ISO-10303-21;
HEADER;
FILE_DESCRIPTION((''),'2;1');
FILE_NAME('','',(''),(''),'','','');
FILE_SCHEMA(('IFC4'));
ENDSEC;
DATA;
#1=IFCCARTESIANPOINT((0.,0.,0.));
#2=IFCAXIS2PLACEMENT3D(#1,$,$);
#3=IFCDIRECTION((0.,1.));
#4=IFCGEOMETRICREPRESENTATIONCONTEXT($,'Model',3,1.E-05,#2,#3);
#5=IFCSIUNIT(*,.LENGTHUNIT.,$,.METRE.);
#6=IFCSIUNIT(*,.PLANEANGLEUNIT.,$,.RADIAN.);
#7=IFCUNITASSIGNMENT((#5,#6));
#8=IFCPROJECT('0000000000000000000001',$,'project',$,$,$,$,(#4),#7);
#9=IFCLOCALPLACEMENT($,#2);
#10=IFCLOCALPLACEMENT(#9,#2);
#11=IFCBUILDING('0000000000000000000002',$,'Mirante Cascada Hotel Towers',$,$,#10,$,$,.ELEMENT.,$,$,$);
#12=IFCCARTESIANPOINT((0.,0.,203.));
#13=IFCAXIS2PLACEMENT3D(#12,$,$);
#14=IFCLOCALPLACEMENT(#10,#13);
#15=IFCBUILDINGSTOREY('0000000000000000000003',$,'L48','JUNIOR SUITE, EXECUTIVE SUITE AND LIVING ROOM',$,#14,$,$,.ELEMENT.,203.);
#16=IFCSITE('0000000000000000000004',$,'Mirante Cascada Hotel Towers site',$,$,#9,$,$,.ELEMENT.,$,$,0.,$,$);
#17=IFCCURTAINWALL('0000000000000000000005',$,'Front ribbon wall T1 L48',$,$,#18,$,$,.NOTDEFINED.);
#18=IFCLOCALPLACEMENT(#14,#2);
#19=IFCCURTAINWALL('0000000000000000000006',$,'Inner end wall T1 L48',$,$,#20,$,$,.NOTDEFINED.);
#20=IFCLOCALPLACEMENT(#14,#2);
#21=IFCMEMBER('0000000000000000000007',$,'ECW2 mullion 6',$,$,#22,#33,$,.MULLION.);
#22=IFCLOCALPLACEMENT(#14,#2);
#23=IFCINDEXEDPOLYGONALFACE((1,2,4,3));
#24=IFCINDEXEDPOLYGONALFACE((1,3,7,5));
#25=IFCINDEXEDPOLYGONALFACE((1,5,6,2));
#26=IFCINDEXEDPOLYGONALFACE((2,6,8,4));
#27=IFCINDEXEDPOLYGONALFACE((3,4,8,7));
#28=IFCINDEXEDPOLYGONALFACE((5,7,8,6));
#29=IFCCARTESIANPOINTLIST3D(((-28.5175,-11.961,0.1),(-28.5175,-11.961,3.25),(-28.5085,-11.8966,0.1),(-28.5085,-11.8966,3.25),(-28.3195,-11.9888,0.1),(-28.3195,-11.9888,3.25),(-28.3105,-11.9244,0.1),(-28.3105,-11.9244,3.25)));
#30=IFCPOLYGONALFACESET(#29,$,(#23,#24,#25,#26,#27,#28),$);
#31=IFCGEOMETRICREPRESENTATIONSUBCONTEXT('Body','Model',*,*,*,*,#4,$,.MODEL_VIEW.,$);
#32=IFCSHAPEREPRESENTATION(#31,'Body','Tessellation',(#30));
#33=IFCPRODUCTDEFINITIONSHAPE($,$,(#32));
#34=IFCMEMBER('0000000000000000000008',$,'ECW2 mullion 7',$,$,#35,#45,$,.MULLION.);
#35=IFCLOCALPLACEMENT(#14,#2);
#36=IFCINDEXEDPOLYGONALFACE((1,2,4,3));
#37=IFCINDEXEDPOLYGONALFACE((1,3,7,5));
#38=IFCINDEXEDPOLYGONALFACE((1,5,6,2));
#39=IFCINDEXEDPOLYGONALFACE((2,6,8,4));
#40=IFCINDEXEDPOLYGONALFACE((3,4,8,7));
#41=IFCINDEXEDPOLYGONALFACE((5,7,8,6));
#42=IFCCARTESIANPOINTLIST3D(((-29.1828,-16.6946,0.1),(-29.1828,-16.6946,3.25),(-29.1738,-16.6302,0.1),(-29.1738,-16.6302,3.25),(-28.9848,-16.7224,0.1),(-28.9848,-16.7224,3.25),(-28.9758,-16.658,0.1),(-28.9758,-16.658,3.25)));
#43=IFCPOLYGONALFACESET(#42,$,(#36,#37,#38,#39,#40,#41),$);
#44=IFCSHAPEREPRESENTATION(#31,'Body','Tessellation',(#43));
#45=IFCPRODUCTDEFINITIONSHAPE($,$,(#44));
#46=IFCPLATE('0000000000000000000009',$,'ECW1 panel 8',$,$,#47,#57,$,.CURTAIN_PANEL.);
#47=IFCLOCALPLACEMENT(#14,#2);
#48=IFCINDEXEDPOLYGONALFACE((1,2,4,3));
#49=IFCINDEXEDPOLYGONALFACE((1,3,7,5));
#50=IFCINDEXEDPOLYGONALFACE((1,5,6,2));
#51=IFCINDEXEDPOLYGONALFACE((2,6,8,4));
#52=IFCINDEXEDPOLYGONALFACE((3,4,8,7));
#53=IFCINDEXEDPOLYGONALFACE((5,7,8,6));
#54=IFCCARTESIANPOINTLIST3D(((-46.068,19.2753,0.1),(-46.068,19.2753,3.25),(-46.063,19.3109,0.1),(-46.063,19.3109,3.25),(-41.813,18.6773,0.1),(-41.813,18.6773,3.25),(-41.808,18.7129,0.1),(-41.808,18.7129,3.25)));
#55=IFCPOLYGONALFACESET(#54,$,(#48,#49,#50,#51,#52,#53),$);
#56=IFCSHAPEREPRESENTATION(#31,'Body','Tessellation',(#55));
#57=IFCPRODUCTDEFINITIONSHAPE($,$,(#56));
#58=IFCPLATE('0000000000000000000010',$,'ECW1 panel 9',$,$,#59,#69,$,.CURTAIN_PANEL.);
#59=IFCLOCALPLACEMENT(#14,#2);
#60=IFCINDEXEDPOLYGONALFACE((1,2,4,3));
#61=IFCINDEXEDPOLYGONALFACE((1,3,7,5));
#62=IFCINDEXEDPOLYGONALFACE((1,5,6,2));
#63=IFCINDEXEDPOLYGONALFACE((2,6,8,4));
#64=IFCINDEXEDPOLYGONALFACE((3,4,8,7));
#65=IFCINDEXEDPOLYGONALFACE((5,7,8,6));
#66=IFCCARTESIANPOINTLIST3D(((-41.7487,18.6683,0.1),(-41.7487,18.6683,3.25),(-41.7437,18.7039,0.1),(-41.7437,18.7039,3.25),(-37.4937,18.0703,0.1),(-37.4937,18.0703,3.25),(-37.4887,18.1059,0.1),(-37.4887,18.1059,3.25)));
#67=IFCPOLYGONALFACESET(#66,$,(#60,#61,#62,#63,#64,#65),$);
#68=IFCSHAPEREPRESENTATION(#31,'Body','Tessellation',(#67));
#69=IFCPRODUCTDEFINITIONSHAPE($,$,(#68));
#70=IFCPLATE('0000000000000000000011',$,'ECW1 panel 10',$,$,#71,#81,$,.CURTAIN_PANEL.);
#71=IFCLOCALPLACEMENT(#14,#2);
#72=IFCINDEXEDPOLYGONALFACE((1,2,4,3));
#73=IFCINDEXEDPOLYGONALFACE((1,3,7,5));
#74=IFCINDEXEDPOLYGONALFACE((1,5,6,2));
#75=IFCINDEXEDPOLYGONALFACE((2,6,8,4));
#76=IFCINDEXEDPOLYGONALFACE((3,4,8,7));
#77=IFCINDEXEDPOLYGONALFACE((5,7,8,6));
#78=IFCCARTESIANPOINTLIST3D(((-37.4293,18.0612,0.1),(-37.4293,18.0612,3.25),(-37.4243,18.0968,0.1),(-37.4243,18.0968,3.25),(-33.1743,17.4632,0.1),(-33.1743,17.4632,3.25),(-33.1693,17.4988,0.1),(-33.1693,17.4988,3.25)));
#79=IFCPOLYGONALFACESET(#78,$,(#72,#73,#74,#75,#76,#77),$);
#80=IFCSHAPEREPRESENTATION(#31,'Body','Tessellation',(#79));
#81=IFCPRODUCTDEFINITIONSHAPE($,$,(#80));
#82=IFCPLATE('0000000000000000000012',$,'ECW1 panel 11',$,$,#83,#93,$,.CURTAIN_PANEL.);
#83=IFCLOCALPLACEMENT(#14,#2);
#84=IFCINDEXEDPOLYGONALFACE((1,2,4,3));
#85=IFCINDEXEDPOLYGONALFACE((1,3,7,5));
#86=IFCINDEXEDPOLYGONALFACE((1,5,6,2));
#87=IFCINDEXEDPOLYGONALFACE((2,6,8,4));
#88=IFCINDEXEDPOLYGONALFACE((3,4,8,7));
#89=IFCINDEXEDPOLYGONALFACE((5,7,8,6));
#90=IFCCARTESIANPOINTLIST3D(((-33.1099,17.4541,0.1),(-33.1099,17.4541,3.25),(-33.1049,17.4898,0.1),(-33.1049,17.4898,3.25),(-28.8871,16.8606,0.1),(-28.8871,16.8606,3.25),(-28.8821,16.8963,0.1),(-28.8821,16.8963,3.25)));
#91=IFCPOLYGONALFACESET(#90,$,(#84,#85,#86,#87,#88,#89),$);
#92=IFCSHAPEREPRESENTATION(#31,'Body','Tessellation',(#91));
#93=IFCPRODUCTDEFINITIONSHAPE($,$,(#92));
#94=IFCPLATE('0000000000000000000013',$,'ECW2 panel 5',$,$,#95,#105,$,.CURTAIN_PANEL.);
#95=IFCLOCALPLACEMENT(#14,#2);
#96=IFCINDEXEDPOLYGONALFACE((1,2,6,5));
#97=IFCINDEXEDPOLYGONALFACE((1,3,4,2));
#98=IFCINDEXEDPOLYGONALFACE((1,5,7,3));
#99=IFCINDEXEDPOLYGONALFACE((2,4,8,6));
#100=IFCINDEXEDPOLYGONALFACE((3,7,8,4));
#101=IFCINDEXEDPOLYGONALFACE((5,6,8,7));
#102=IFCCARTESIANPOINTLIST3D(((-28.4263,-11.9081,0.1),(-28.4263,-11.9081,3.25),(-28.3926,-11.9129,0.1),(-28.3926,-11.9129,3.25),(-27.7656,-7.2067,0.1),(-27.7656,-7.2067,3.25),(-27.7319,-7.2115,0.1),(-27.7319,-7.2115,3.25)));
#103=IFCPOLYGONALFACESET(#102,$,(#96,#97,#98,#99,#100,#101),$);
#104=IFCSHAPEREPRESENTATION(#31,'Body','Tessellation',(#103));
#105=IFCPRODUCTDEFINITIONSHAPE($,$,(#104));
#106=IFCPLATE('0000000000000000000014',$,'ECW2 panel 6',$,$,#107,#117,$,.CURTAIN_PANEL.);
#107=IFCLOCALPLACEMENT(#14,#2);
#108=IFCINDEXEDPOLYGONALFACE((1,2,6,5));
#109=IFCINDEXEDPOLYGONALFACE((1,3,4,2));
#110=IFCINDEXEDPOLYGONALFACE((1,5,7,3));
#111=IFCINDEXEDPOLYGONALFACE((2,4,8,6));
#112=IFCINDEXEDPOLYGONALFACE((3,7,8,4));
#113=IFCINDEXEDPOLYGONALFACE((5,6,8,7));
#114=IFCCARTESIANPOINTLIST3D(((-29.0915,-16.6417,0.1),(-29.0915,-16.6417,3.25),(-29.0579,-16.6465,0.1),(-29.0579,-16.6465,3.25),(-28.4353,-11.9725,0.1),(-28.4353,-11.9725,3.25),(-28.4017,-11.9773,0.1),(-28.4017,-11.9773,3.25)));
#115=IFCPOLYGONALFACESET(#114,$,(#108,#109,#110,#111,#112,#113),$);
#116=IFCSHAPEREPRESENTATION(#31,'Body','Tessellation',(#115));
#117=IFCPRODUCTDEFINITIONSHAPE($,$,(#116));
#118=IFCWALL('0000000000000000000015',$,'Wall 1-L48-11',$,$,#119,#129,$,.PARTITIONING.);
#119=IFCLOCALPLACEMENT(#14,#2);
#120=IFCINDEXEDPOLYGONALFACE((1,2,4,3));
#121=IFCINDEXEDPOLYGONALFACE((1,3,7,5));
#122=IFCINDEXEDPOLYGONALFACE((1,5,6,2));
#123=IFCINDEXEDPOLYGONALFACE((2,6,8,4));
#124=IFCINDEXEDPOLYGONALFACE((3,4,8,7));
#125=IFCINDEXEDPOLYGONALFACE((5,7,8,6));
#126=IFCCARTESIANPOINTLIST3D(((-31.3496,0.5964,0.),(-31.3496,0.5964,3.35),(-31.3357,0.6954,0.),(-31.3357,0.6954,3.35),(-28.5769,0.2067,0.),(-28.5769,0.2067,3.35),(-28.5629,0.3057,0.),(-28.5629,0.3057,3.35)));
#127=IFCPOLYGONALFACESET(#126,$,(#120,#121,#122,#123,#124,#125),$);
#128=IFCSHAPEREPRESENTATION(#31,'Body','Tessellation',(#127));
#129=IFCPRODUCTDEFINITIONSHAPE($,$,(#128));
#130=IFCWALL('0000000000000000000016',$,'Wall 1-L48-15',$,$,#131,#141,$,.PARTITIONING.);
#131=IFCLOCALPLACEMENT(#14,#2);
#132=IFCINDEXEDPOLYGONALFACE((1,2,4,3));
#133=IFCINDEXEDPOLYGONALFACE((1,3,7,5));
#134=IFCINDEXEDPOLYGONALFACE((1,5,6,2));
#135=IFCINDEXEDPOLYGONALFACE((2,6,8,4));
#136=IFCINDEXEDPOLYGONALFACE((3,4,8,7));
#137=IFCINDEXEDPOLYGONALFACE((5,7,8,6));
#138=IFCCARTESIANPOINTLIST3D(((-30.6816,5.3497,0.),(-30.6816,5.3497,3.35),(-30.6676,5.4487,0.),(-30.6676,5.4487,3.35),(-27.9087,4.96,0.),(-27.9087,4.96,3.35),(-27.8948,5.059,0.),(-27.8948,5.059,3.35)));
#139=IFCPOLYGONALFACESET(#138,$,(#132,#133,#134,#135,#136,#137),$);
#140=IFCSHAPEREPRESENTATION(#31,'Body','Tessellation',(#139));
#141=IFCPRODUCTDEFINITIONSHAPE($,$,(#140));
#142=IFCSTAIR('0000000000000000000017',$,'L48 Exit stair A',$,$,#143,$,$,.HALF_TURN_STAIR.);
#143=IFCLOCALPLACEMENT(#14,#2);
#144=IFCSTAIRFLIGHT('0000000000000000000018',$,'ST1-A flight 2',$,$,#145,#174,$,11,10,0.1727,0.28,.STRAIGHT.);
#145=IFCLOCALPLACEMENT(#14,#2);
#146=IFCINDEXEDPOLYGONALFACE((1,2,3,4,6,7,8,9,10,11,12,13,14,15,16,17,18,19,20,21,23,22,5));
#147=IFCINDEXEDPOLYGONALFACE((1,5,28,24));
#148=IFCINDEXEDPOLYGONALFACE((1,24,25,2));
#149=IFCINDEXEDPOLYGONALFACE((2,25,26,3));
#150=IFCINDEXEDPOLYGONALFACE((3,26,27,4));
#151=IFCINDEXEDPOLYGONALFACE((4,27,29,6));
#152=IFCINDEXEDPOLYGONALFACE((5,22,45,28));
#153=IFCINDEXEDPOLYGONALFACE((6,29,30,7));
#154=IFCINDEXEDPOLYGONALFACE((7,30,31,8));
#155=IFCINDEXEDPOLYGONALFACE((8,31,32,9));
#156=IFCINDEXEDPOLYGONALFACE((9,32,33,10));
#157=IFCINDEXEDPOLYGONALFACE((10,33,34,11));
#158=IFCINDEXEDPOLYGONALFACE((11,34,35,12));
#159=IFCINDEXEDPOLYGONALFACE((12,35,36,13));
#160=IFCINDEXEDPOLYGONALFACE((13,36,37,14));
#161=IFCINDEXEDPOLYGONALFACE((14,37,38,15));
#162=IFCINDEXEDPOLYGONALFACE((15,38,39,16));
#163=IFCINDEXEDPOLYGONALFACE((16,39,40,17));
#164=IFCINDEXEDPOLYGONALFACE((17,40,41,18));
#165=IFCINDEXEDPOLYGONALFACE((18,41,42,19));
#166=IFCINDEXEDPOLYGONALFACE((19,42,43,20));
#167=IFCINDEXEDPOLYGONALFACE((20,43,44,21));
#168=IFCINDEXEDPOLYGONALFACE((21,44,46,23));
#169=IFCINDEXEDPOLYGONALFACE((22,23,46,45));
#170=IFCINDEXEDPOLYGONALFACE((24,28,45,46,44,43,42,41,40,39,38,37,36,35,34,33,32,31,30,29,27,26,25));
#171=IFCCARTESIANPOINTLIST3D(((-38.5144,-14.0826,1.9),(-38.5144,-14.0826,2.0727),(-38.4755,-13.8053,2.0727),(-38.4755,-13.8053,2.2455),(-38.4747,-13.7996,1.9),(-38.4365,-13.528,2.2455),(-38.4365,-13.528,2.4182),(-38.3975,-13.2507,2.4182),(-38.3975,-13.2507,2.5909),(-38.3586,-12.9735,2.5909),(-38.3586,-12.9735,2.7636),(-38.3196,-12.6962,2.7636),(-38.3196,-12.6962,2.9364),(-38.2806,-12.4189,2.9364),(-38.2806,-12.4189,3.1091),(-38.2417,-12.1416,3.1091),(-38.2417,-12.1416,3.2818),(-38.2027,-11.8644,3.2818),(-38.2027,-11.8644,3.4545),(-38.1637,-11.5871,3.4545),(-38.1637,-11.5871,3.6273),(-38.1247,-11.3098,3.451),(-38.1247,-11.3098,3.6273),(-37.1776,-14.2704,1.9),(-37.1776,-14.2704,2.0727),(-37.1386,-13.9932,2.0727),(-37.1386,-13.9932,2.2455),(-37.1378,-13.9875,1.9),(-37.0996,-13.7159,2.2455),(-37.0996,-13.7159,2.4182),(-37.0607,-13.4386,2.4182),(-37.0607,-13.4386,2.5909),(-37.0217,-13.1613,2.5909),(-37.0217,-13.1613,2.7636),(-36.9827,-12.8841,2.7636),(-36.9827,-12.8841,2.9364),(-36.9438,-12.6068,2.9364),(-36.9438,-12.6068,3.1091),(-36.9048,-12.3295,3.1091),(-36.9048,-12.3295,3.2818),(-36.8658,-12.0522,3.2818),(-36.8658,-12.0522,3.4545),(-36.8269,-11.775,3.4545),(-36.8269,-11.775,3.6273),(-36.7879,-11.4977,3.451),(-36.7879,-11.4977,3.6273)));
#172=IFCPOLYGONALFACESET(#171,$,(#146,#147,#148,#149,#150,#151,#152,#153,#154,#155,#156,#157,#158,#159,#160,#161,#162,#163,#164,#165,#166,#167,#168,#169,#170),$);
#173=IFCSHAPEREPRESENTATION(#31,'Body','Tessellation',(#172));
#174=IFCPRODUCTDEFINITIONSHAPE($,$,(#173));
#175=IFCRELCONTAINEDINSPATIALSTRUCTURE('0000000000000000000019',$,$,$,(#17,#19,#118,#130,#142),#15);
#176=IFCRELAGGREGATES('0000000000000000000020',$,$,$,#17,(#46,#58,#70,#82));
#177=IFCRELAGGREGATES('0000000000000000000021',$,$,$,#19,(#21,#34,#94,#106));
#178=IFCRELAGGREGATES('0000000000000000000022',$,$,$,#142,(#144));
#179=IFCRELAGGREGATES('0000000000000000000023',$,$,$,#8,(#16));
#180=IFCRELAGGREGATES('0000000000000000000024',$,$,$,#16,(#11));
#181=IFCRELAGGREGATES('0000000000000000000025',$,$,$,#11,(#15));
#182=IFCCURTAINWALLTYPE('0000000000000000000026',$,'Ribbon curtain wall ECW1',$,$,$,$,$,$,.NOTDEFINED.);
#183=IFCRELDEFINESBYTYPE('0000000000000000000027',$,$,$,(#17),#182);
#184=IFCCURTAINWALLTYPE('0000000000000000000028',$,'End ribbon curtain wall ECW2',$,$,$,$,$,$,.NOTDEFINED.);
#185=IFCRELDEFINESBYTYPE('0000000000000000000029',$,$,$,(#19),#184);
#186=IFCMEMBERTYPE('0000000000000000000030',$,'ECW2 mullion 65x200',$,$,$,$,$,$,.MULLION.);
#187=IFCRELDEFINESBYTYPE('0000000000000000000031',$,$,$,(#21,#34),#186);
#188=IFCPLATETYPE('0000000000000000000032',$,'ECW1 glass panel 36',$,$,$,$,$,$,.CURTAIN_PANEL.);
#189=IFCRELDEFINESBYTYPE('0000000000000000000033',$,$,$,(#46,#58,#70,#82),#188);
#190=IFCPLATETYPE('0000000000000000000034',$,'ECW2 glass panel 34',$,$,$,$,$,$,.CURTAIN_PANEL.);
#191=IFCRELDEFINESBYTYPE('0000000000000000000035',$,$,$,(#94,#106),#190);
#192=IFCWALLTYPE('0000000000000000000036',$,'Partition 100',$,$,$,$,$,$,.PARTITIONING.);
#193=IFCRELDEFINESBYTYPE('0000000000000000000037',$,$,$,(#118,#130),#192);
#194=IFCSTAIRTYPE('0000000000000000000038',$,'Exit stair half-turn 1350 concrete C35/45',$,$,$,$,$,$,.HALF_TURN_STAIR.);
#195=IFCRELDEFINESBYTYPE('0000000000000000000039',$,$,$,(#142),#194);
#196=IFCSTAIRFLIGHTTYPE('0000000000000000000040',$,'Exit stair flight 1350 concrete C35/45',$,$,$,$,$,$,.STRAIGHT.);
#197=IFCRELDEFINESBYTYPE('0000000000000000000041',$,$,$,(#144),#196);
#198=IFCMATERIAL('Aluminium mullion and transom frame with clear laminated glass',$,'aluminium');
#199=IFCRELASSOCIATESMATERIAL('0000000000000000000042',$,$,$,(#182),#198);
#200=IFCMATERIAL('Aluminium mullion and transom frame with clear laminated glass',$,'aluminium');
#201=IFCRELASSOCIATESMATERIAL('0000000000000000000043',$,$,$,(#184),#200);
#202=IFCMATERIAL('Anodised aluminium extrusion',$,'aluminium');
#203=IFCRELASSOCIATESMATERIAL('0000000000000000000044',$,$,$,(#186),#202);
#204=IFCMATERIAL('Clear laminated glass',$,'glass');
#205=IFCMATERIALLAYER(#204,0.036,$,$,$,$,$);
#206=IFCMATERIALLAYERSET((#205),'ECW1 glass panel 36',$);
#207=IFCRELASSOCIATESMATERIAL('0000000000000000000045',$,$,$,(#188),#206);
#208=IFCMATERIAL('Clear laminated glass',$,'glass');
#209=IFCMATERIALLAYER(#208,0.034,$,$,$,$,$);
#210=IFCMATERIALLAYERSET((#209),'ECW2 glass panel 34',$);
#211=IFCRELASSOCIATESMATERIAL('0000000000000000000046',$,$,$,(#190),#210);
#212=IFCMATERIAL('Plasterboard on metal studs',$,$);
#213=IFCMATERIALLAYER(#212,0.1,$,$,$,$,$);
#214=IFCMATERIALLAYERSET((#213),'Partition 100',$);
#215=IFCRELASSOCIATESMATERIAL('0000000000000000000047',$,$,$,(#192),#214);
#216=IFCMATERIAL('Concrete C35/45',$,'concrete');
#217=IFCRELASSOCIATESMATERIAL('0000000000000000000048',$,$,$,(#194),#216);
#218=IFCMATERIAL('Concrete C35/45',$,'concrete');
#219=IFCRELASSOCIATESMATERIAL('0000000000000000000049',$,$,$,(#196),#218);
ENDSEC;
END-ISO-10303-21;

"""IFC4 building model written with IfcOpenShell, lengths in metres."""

from ifc_helpers import new_model, si_unit, direction, frame, frame_2d, origin, origin_2d, place, context, subcontext, project, spatial, polyline, rectangle, outline, extrude, material, layer, layer_set, material_profile, profile_set, type_object, element, aggregate, save


model = new_model("IFC4")

# Units and contexts
model_context = context("Model", 3, precision=1e-05, world=origin(), true_north=direction((0.0, 1.0)))
body_context = subcontext(model_context, "Body", "Model", "MODEL_VIEW")
ifc_project = project(units=[si_unit("LENGTHUNIT", "METRE"), si_unit("PLANEANGLEUNIT", "RADIAN")], contexts=[model_context])

# Site, building, storey
site_placement = place(None, origin())
site = spatial("IfcSite", under=ifc_project, at=site_placement, Name="Mirante Cascada Hotel Towers site", CompositionType="ELEMENT", RefElevation=0.0)
building_placement = place(site_placement, origin())
building = spatial("IfcBuilding", under=site, at=building_placement, Name="Mirante Cascada Hotel Towers", CompositionType="ELEMENT")
storey_placement = place(building_placement, frame((0.0, 0.0, 203.0)))
storey = spatial("IfcBuildingStorey", under=building, at=storey_placement, Name="L48", Description="JUNIOR SUITE, EXECUTIVE SUITE AND LIVING ROOM", CompositionType="ELEMENT", Elevation=203.0)

# Curtain walls, members
ifc_material_1 = material(Name="Aluminium mullion and transom frame with clear laminated glass", Category="aluminium")
curtain_wall_type_1 = type_object("IfcCurtainWallType", Name="Ribbon curtain wall ECW1", PredefinedType="NOTDEFINED", material=ifc_material_1)
curtain_wall_1_placement = place(storey_placement, origin())
curtain_wall_1 = element("IfcCurtainWall", 1, at=curtain_wall_1_placement, inside=storey, type_object=curtain_wall_type_1, Name="Front ribbon wall T1 L48", PredefinedType="NOTDEFINED")
ifc_material_2 = material(Name="Aluminium mullion and transom frame with clear laminated glass", Category="aluminium")
curtain_wall_type_2 = type_object("IfcCurtainWallType", Name="End ribbon curtain wall ECW2", PredefinedType="NOTDEFINED", material=ifc_material_2)
curtain_wall_2_placement = place(storey_placement, origin())
curtain_wall_2 = element("IfcCurtainWall", 2, at=curtain_wall_2_placement, inside=storey, type_object=curtain_wall_type_2, Name="Inner end wall T1 L48", PredefinedType="NOTDEFINED")
ifc_material_3 = material(Name="Anodised aluminium extrusion", Category="aluminium")
ifc_material_profile_1 = material_profile(ifc_material_3, rectangle(XDim=0.2, YDim=0.065, at=origin_2d()), Name="ECW2 MULLION 65x200")
ifc_profile_set_1 = profile_set([ifc_material_profile_1], Name="Anodised aluminium extrusion")
member_type_1 = type_object("IfcMemberType", Name="ECW2 mullion 65x200", PredefinedType="MULLION", material=ifc_profile_set_1)
member_1_placement = place(storey_placement, frame((-28.414, -11.9427, 0.1), z_axis=(0.0, 0.0, 1.0), x_axis=(0.990268, -0.139173, 0.0)))
member_1 = element("IfcMember", 3, at=member_1_placement, type_object=member_type_1, Name="ECW2 mullion 6", PredefinedType="MULLION", context=body_context, shape_type="SweptSolid", body=[
    extrude(rectangle(XDim=0.2, YDim=0.065, at=origin_2d()), origin(), (0.0, 0.0, 1.0), 3.15),
])
member_2_placement = place(storey_placement, frame((-29.0793, -16.6763, 0.1), z_axis=(0.0, 0.0, 1.0), x_axis=(0.990268, -0.139173, 0.0)))
member_2 = element("IfcMember", 4, at=member_2_placement, type_object=member_type_1, Name="ECW2 mullion 7", PredefinedType="MULLION", context=body_context, shape_type="SweptSolid", body=[
    extrude(rectangle(XDim=0.2, YDim=0.065, at=origin_2d()), origin(), (0.0, 0.0, 1.0), 3.15),
])

# Plates
ifc_material_4 = material(Name="Clear laminated glass", Category="glass")
ifc_layer_1 = layer(ifc_material_4, 0.036)
ifc_layer_set_1 = layer_set([ifc_layer_1], Name="ECW1 glass panel 36")
plate_type_1 = type_object("IfcPlateType", Name="ECW1 glass panel 36", PredefinedType="CURTAIN_PANEL", material=ifc_layer_set_1)
plate_1_placement = place(storey_placement, frame((-43.938, 18.9941, 0.1), z_axis=(0.0, 0.0, 1.0), x_axis=(0.990268, -0.139173, 0.0)))
plate_1 = element("IfcPlate", 5, at=plate_1_placement, type_object=plate_type_1, Name="ECW1 panel 8", PredefinedType="CURTAIN_PANEL", context=body_context, shape_type="SweptSolid", body=[
    extrude(rectangle(XDim=4.2968, YDim=0.036, at=origin_2d()), origin(), (0.0, 0.0, 1.0), 3.15),
])
plate_2_placement = place(storey_placement, frame((-39.6187, 18.3871, 0.1), z_axis=(0.0, 0.0, 1.0), x_axis=(0.990268, -0.139173, 0.0)))
plate_2 = element("IfcPlate", 6, at=plate_2_placement, type_object=plate_type_1, Name="ECW1 panel 9", PredefinedType="CURTAIN_PANEL", context=body_context, shape_type="SweptSolid", body=[
    extrude(rectangle(XDim=4.2968, YDim=0.036, at=origin_2d()), origin(), (0.0, 0.0, 1.0), 3.15),
])
plate_3_placement = place(storey_placement, frame((-35.2993, 17.78, 0.1), z_axis=(0.0, 0.0, 1.0), x_axis=(0.990268, -0.139173, 0.0)))
plate_3 = element("IfcPlate", 7, at=plate_3_placement, type_object=plate_type_1, Name="ECW1 panel 10", PredefinedType="CURTAIN_PANEL", context=body_context, shape_type="SweptSolid", body=[
    extrude(rectangle(XDim=4.2968, YDim=0.036, at=origin_2d()), origin(), (0.0, 0.0, 1.0), 3.15),
])
plate_4_placement = place(storey_placement, frame((-30.996, 17.1752, 0.1), z_axis=(0.0, 0.0, 1.0), x_axis=(0.990268, -0.139173, 0.0)))
plate_4 = element("IfcPlate", 8, at=plate_4_placement, type_object=plate_type_1, Name="ECW1 panel 11", PredefinedType="CURTAIN_PANEL", context=body_context, shape_type="SweptSolid", body=[
    extrude(rectangle(XDim=4.2643, YDim=0.036, at=origin_2d()), origin(), (0.0, 0.0, 1.0), 3.15),
])
aggregate(curtain_wall_1, [plate_1, plate_2, plate_3, plate_4])
ifc_material_5 = material(Name="Clear laminated glass", Category="glass")
ifc_layer_2 = layer(ifc_material_5, 0.034)
ifc_layer_set_2 = layer_set([ifc_layer_2], Name="ECW2 glass panel 34")
plate_type_2 = type_object("IfcPlateType", Name="ECW2 glass panel 34", PredefinedType="CURTAIN_PANEL", material=ifc_layer_set_2)
plate_5_placement = place(storey_placement, frame((-28.0791, -9.5598, 0.1), z_axis=(0.0, 0.0, 1.0), x_axis=(-0.139173, -0.990268, 0.0)))
plate_5 = element("IfcPlate", 9, at=plate_5_placement, type_object=plate_type_2, Name="ECW2 panel 5", PredefinedType="CURTAIN_PANEL", context=body_context, shape_type="SweptSolid", body=[
    extrude(rectangle(XDim=4.7476, YDim=0.034, at=origin_2d()), origin(), (0.0, 0.0, 1.0), 3.15),
])
plate_6_placement = place(storey_placement, frame((-28.7466, -14.3095, 0.1), z_axis=(0.0, 0.0, 1.0), x_axis=(-0.139173, -0.990268, 0.0)))
plate_6 = element("IfcPlate", 10, at=plate_6_placement, type_object=plate_type_2, Name="ECW2 panel 6", PredefinedType="CURTAIN_PANEL", context=body_context, shape_type="SweptSolid", body=[
    extrude(rectangle(XDim=4.7151, YDim=0.034, at=origin_2d()), origin(), (0.0, 0.0, 1.0), 3.15),
])
aggregate(curtain_wall_2, [member_1, member_2, plate_5, plate_6])

# Walls
ifc_material_6 = material(Name="Plasterboard on metal studs")
ifc_layer_3 = layer(ifc_material_6, 0.1)
ifc_layer_set_3 = layer_set([ifc_layer_3], Name="Partition 100")
wall_type = type_object("IfcWallType", Name="Partition 100", PredefinedType="PARTITIONING", material=ifc_layer_set_3)
wall_1_placement = place(storey_placement, frame((-28.5699, 0.2562, 0.0), z_axis=(0.0, 0.0, 1.0), x_axis=(-0.990267, 0.139181, 0.0)))
element("IfcWall", 11, at=wall_1_placement, inside=storey, type_object=wall_type, Name="Wall 1-L48-11", PredefinedType="PARTITIONING", context=body_context, shape_type="SweptSolid", body=[
    extrude(rectangle(XDim=2.8, YDim=0.1, at=frame_2d((1.4, 0.0))), origin(), (0.0, 0.0, 1.0), 3.35),
])
wall_2_placement = place(storey_placement, frame((-27.9018, 5.0095, 0.0), z_axis=(0.0, 0.0, 1.0), x_axis=(-0.990268, 0.139176, 0.0)))
element("IfcWall", 12, at=wall_2_placement, inside=storey, type_object=wall_type, Name="Wall 1-L48-15", PredefinedType="PARTITIONING", context=body_context, shape_type="SweptSolid", body=[
    extrude(rectangle(XDim=2.8001, YDim=0.1, at=frame_2d((1.4, 0.0))), origin(), (0.0, 0.0, 1.0), 3.35),
])

# Stair, stair flight
ifc_material_7 = material(Name="Concrete C35/45", Category="concrete")
stair_type = type_object("IfcStairType", Name="Exit stair half-turn 1350 concrete C35/45", PredefinedType="HALF_TURN_STAIR", material=ifc_material_7)
stair_placement = place(storey_placement, origin())
stair = element("IfcStair", 13, at=stair_placement, inside=storey, type_object=stair_type, Name="L48 Exit stair A", PredefinedType="HALF_TURN_STAIR")
ifc_material_8 = material(Name="Concrete C35/45", Category="concrete")
stair_flight_type = type_object("IfcStairFlightType", Name="Exit stair flight 1350 concrete C35/45", PredefinedType="STRAIGHT", material=ifc_material_8)
stair_flight_placement = place(storey_placement, frame((-37.846, -14.1765, 1.9), z_axis=(0.0, 0.0, 1.0), x_axis=(0.139173, 0.990268, 0.0)))
stair_flight = element("IfcStairFlight", 14, at=stair_flight_placement, type_object=stair_flight_type, Name="ST1-A flight 2", NumberOfRisers=11, NumberOfTreads=10, PredefinedType="STRAIGHT", RiserHeight=0.1727, TreadLength=0.28, context=body_context, shape_type="SweptSolid", body=[
    extrude(outline(polyline([(0.0, 0.0), (0.0, 0.1727), (0.28, 0.1727), (0.28, 0.3455), (0.56, 0.3455), (0.56, 0.5182), (0.84, 0.5182), (0.84, 0.6909), (1.12, 0.6909), (1.12, 0.8636), (1.4, 0.8636), (1.4, 1.0364), (1.68, 1.0364), (1.68, 1.2091), (1.96, 1.2091), (1.96, 1.3818), (2.24, 1.3818), (2.24, 1.5545), (2.52, 1.5545), (2.52, 1.7273), (2.8, 1.7273), (2.8, 1.9), (2.8, 1.551), (0.2857, 0.0), (0.0, 0.0)])), frame((0.0, 0.675, 0.0), z_axis=(0.0, -1.0, 0.0), x_axis=(1.0, 0.0, 0.0)), (0.0, 0.0, 1.0), 1.35),
])
aggregate(stair, [stair_flight])

save(model, "model.ifc")
